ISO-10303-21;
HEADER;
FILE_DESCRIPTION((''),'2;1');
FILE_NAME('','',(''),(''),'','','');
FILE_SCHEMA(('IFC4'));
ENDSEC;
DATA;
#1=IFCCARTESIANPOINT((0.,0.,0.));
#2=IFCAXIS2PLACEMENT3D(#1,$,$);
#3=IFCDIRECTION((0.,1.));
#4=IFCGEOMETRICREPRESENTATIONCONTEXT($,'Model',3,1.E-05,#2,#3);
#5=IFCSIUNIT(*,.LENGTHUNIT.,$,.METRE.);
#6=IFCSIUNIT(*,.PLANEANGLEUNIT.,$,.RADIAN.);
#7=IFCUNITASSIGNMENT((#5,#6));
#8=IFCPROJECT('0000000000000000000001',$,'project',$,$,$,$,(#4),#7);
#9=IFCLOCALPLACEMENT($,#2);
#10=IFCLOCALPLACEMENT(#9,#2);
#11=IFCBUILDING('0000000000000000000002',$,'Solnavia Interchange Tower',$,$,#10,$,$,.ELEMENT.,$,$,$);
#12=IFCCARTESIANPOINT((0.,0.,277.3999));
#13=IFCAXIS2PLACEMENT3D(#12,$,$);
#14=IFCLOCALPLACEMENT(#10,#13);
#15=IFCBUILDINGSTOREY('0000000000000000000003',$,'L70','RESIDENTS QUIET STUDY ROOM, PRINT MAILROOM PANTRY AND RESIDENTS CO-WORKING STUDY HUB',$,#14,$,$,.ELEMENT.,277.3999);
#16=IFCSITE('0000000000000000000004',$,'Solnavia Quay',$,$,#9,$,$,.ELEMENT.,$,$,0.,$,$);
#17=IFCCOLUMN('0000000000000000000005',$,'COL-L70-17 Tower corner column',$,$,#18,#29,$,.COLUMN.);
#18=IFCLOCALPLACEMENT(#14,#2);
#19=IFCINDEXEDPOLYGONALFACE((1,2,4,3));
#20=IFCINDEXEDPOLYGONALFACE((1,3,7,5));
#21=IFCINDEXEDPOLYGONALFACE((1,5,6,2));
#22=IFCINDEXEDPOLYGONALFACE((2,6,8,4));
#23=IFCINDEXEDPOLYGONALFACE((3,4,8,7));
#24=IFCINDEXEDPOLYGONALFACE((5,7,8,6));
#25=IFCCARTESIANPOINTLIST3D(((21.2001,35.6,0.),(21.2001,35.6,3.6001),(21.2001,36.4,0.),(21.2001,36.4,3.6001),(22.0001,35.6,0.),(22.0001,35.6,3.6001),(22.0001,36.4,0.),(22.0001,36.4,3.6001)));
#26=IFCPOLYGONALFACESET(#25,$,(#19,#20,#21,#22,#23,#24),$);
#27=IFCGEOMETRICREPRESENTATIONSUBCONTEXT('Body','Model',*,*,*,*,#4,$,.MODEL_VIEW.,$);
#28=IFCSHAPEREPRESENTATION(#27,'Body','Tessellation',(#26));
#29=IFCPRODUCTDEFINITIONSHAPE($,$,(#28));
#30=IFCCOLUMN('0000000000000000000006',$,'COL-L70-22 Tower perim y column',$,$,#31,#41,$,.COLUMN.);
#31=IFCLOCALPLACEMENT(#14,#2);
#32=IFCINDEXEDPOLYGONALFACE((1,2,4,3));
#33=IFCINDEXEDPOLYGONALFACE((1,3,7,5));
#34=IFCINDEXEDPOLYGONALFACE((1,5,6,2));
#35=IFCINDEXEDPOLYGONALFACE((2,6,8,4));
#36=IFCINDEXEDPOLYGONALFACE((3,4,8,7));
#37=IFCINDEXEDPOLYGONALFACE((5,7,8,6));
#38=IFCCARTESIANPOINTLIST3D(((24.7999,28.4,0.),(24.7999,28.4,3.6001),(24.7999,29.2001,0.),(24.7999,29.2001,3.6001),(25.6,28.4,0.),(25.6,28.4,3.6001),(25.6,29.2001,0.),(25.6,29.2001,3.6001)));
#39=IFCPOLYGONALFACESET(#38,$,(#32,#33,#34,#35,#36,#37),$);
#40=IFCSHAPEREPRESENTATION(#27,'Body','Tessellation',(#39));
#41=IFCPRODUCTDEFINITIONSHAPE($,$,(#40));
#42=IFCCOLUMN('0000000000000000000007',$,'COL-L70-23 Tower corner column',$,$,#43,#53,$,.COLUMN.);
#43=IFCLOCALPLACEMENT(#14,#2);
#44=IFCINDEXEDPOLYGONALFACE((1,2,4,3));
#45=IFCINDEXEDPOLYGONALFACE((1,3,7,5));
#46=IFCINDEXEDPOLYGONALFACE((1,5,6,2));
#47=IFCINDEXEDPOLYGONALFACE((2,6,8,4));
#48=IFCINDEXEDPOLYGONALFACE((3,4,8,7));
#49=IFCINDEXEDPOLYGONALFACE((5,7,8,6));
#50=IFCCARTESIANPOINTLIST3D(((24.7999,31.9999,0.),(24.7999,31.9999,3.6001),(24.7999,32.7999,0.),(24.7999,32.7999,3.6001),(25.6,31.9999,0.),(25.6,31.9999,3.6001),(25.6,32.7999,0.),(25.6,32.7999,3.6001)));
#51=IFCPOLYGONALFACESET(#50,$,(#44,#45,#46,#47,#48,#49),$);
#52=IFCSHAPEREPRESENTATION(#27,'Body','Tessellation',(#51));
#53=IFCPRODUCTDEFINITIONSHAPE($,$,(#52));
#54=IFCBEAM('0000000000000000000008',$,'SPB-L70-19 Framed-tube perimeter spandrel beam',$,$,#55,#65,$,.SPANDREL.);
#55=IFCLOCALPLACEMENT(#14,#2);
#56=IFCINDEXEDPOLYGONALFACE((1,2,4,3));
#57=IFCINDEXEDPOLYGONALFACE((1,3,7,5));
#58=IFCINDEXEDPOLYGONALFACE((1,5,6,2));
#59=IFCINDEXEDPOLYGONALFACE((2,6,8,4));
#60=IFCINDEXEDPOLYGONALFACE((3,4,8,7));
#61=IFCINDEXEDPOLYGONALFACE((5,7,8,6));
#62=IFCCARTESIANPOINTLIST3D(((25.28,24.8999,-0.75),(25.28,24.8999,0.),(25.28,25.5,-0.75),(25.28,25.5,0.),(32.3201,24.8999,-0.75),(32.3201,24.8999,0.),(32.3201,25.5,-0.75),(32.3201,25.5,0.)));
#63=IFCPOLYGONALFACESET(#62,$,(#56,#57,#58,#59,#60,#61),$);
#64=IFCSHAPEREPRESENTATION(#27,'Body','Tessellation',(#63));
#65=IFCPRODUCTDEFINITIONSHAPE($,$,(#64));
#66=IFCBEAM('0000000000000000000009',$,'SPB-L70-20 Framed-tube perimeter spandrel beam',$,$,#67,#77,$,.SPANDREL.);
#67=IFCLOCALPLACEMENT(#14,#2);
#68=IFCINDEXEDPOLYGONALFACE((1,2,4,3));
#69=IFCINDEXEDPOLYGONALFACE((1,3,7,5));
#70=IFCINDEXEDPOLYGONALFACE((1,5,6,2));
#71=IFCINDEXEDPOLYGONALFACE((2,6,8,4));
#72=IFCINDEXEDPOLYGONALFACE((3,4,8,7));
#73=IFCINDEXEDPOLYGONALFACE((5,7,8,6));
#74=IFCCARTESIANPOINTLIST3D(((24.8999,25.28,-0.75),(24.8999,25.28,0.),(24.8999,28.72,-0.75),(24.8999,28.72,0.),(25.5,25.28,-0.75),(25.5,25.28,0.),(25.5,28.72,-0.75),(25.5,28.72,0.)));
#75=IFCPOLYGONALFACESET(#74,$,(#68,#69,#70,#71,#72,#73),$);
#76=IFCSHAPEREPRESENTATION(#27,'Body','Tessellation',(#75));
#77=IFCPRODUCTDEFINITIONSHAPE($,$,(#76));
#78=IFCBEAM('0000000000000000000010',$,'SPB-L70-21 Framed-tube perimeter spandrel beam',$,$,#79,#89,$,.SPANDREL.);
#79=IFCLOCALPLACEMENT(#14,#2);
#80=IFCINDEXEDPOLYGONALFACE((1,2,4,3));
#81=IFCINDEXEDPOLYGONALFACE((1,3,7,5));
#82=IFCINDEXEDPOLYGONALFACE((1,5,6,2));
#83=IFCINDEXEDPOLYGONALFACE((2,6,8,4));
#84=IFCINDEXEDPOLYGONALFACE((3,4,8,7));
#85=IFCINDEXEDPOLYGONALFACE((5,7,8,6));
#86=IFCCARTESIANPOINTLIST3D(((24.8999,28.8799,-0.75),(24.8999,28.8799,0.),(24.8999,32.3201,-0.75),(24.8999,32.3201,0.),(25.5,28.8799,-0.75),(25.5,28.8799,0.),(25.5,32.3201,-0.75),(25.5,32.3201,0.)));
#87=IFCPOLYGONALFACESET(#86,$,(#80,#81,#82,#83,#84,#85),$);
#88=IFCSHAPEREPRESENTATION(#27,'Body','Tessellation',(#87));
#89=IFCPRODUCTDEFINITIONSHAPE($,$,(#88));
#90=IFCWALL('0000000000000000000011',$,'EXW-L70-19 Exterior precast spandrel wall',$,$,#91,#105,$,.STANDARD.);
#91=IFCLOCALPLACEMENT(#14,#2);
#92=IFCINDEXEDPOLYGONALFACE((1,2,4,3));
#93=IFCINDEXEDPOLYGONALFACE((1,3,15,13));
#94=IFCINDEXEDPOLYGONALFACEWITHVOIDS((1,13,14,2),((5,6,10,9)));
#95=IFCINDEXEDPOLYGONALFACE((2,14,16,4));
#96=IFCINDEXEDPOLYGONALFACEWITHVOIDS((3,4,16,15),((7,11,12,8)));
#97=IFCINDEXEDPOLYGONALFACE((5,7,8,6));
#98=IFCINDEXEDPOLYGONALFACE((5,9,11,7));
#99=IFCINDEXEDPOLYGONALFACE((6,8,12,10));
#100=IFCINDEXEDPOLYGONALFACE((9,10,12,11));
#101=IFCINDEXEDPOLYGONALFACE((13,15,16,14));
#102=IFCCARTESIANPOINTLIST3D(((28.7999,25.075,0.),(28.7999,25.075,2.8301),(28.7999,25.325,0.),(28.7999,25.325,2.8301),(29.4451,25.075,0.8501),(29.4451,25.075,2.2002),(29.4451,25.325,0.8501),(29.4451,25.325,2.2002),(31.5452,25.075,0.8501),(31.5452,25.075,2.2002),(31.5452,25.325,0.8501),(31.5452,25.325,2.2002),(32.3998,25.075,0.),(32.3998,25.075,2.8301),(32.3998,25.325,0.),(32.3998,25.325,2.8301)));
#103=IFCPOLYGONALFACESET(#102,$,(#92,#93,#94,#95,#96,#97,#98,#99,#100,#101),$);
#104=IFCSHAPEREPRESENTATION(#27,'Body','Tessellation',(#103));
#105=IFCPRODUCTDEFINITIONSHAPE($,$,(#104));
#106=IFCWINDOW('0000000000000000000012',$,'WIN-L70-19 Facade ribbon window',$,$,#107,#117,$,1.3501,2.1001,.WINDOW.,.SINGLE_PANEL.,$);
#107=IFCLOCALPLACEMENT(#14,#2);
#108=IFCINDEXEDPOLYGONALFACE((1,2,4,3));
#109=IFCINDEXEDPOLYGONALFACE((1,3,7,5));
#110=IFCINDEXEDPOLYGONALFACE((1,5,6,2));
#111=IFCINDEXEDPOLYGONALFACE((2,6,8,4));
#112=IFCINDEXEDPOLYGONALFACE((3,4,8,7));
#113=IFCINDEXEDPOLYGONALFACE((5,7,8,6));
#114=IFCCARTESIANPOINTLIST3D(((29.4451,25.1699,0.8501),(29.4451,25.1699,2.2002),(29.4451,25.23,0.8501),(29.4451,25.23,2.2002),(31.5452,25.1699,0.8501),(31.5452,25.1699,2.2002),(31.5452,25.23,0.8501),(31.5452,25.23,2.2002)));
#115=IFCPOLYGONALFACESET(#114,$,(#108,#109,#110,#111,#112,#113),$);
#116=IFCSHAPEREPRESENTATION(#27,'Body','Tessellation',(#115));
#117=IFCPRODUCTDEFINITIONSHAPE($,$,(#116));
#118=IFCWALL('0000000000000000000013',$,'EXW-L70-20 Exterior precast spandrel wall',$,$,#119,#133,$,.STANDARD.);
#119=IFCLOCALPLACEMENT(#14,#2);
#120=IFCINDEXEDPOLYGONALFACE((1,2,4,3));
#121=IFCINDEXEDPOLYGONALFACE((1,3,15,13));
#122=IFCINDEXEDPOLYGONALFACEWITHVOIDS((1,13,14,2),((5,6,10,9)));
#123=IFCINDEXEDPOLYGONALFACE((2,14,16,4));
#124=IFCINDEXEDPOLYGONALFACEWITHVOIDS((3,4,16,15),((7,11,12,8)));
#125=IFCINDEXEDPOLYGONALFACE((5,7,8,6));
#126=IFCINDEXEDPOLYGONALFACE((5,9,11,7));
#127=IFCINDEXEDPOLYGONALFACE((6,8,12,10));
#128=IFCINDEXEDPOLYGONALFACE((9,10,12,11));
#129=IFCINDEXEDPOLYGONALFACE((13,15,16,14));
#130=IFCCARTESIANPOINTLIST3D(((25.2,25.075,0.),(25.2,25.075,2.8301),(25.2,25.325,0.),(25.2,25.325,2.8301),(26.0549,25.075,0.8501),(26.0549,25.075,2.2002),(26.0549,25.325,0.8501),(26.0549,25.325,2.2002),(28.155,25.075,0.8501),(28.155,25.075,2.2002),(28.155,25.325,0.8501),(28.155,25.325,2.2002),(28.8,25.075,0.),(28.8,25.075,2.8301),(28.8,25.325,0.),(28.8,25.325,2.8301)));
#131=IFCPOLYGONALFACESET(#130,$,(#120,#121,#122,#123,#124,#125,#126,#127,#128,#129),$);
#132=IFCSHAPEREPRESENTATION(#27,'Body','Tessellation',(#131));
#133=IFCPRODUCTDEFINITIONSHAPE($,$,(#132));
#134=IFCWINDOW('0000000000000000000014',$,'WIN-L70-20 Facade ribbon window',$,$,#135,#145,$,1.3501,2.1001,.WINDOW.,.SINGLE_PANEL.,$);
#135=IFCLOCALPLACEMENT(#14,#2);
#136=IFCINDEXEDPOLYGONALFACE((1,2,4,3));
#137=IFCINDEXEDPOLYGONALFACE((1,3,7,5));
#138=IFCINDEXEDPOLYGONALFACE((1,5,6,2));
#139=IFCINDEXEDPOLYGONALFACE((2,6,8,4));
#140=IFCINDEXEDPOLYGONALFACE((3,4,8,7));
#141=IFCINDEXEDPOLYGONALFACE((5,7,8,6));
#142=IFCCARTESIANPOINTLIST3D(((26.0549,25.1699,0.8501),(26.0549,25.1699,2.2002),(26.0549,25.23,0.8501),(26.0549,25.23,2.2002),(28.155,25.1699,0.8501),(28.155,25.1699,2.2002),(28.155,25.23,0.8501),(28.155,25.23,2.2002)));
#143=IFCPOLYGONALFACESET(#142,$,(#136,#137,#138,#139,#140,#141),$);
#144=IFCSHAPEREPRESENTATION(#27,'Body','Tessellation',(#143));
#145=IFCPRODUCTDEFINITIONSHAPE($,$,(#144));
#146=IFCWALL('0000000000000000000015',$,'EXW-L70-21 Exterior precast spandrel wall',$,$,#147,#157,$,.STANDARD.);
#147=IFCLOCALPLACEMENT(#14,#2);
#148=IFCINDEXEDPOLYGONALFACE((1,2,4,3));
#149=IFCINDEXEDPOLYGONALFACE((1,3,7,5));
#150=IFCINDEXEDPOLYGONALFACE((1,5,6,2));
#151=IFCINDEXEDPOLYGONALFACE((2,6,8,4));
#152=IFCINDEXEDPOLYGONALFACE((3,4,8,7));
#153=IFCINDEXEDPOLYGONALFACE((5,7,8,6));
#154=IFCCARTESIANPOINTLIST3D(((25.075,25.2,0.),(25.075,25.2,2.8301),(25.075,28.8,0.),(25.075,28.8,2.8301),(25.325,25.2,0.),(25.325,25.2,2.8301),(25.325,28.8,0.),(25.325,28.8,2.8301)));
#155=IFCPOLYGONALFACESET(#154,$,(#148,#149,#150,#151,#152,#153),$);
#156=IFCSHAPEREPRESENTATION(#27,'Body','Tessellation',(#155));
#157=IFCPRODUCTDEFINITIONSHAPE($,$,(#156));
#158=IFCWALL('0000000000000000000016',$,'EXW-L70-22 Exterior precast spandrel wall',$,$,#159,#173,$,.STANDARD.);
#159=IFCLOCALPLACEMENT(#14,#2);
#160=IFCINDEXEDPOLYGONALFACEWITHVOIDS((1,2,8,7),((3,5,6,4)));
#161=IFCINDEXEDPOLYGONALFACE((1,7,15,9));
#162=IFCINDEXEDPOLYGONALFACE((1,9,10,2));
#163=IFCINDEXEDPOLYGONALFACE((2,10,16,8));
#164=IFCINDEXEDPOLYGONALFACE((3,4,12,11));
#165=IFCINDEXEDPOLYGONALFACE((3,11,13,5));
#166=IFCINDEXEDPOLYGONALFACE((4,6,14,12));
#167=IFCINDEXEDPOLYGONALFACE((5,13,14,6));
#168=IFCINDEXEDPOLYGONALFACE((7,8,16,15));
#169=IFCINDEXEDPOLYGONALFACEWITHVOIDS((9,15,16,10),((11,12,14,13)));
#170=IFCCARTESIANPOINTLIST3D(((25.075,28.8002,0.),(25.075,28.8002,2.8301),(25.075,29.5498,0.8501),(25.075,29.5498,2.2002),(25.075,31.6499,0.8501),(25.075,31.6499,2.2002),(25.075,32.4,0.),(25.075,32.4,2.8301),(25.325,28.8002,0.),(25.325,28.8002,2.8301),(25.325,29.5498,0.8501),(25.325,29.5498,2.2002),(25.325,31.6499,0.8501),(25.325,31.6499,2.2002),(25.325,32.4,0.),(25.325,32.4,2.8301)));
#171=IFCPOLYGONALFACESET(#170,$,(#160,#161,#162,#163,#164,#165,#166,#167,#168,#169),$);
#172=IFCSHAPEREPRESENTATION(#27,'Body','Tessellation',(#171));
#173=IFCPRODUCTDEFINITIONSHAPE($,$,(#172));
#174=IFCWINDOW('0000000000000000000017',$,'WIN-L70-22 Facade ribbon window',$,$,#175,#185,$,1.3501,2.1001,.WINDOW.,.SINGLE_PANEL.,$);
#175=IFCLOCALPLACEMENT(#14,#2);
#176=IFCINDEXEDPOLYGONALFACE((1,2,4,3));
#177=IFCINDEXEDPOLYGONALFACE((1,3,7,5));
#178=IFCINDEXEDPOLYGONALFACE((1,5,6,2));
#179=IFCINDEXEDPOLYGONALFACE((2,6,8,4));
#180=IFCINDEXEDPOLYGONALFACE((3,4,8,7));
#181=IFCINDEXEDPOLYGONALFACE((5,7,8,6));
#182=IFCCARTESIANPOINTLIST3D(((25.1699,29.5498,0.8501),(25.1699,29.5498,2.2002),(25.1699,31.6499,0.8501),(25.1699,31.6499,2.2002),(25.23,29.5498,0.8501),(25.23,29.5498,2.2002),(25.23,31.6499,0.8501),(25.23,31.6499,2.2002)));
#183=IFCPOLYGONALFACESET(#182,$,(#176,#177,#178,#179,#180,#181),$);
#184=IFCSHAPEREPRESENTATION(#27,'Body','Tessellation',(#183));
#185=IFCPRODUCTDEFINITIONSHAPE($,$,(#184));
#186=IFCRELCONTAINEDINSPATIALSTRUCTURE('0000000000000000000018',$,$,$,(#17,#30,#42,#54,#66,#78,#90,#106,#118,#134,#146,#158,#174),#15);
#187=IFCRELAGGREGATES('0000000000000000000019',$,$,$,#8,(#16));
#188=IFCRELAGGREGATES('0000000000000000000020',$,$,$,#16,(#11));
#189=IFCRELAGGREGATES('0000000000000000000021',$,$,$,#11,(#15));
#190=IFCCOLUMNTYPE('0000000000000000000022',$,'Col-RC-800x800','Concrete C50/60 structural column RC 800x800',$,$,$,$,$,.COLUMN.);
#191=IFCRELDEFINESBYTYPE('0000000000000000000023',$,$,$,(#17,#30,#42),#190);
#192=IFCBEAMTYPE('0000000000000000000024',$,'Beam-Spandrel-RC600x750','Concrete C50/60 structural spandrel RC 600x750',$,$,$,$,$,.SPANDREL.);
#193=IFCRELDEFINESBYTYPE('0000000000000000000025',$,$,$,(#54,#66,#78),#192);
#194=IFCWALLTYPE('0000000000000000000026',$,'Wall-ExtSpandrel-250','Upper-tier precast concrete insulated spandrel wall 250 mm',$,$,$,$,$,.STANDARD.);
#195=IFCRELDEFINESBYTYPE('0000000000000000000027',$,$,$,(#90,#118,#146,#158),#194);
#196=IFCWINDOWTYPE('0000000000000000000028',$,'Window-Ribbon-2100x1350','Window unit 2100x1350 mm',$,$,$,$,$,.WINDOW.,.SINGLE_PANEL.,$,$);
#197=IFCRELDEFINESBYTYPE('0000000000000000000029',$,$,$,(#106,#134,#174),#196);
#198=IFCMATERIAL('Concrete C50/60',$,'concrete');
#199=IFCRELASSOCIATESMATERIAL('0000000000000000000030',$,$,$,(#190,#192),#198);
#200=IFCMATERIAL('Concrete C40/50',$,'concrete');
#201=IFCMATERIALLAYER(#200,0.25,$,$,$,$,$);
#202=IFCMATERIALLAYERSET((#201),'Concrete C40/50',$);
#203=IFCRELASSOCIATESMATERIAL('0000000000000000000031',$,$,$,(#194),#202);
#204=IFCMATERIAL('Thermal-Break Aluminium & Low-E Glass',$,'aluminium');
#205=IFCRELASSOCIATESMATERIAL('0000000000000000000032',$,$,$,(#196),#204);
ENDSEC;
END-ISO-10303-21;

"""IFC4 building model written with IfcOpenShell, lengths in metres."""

from ifc_helpers import new_model, si_unit, direction, frame, frame_2d, origin, origin_2d, place, context, subcontext, project, spatial, rectangle, extrude, material, layer, layer_set, material_profile, profile_set, type_object, element, fill, save


model = new_model("IFC4")

# Units and contexts
model_context = context("Model", 3, precision=1e-05, world=origin(), true_north=direction((0.0, 1.0)))
body_context = subcontext(model_context, "Body", "Model", "MODEL_VIEW")
ifc_project = project(units=[si_unit("LENGTHUNIT", "METRE"), si_unit("PLANEANGLEUNIT", "RADIAN")], contexts=[model_context])

# Site, building, storey
site_placement = place(None, origin())
site = spatial("IfcSite", under=ifc_project, at=site_placement, Name="Solnavia Quay", CompositionType="ELEMENT", RefElevation=0.0)
building_placement = place(site_placement, origin())
building = spatial("IfcBuilding", under=site, at=building_placement, Name="Solnavia Interchange Tower", CompositionType="ELEMENT")
storey_placement = place(building_placement, frame((0.0, 0.0, 277.3999)))
storey = spatial("IfcBuildingStorey", under=building, at=storey_placement, Name="L70", Description="RESIDENTS QUIET STUDY ROOM, PRINT MAILROOM PANTRY AND RESIDENTS CO-WORKING STUDY HUB", CompositionType="ELEMENT", Elevation=277.3999)

# Columns
ifc_material_1 = material(Name="Concrete C50/60", Category="concrete")
ifc_material_profile_1 = material_profile(ifc_material_1, rectangle(XDim=0.8, YDim=0.8, at=origin_2d()), Name="RC 800x800")
ifc_profile_set_1 = profile_set([ifc_material_profile_1], Name="Concrete C50/60")
column_type = type_object("IfcColumnType", Name="Col-RC-800x800", Description="Concrete C50/60 structural column RC 800x800", PredefinedType="COLUMN", material=ifc_profile_set_1)
for number, where, z_axis, x_axis, name in (
    (1, (21.6001, 36.0, 0.0), (0.0, 0.0, 1.0), (1.0, 0.0, 0.0), "COL-L70-17 Tower corner column"),
    (2, (25.2, 28.8, 0.0), (0.0, 0.0, 1.0), (0.0, 1.0, 0.0), "COL-L70-22 Tower perim y column"),
    (3, (25.2, 32.3999, 0.0), (0.0, 0.0, 1.0), (0.0, 1.0, 0.0), "COL-L70-23 Tower corner column"),
):
    element("IfcColumn", number, at=place(storey_placement, frame(where, z_axis=z_axis, x_axis=x_axis)), inside=storey, type_object=column_type, Name=name, PredefinedType="COLUMN", context=body_context, shape_type="SweptSolid", body=[
        extrude(rectangle(XDim=0.8, YDim=0.8, at=origin_2d()), origin(), (0.0, 0.0, 1.0), 3.6001),
    ])

# Beams
ifc_material_profile_2 = material_profile(ifc_material_1, rectangle(XDim=0.6001, YDim=0.75, at=origin_2d()), Name="RC 600x750")
ifc_profile_set_2 = profile_set([ifc_material_profile_2], Name="Concrete C50/60")
beam_type = type_object("IfcBeamType", Name="Beam-Spandrel-RC600x750", Description="Concrete C50/60 structural spandrel RC 600x750", PredefinedType="SPANDREL", material=ifc_profile_set_2)
beam_1_placement = place(storey_placement, frame((32.3201, 25.2, -0.375), z_axis=(-1.0, 0.0, 0.0), x_axis=(0.0, -1.0, 0.0)))
element("IfcBeam", 4, at=beam_1_placement, inside=storey, type_object=beam_type, Name="SPB-L70-19 Framed-tube perimeter spandrel beam", PredefinedType="SPANDREL", context=body_context, shape_type="SweptSolid", body=[
    extrude(rectangle(XDim=0.6001, YDim=0.75, at=origin_2d()), origin(), (0.0, 0.0, 1.0), 7.04),
])
beam_2_placement = place(storey_placement, frame((25.2, 25.28, -0.375), z_axis=(0.0, 1.0, 0.0), x_axis=(-1.0, 0.0, 0.0)))
element("IfcBeam", 5, at=beam_2_placement, inside=storey, type_object=beam_type, Name="SPB-L70-20 Framed-tube perimeter spandrel beam", PredefinedType="SPANDREL", context=body_context, shape_type="SweptSolid", body=[
    extrude(rectangle(XDim=0.6001, YDim=0.75, at=origin_2d()), origin(), (0.0, 0.0, 1.0), 3.4399),
])
beam_3_placement = place(storey_placement, frame((25.2, 28.8799, -0.375), z_axis=(0.0, 1.0, 0.0), x_axis=(-1.0, 0.0, 0.0)))
element("IfcBeam", 6, at=beam_3_placement, inside=storey, type_object=beam_type, Name="SPB-L70-21 Framed-tube perimeter spandrel beam", PredefinedType="SPANDREL", context=body_context, shape_type="SweptSolid", body=[
    extrude(rectangle(XDim=0.6001, YDim=0.75, at=origin_2d()), origin(), (0.0, 0.0, 1.0), 3.4402),
])

# Walls, openings, windows
ifc_material_2 = material(Name="Concrete C40/50", Category="concrete")
ifc_layer = layer(ifc_material_2, 0.25)
ifc_layer_set = layer_set([ifc_layer], Name="Concrete C40/50")
wall_type = type_object("IfcWallType", Name="Wall-ExtSpandrel-250", Description="Upper-tier precast concrete insulated spandrel wall 250 mm", PredefinedType="STANDARD", material=ifc_layer_set)
wall_1_placement = place(storey_placement, frame((28.8, 25.2, 0.0), z_axis=(0.0, 0.0, 1.0), x_axis=(1.0, 0.0, 0.0)))
wall_1 = element("IfcWall", 7, at=wall_1_placement, inside=storey, type_object=wall_type, Name="EXW-L70-19 Exterior precast spandrel wall", PredefinedType="STANDARD", context=body_context, shape_type="SweptSolid", body=[
    extrude(rectangle(XDim=3.5999, YDim=0.25, at=frame_2d((1.7998, 0.0))), origin(), (0.0, 0.0, 1.0), 2.8301),
])
opening_1_placement = place(wall_1_placement, frame((0.645, 0.0, 0.8501)))
opening_1 = element("IfcOpeningElement", 8, at=opening_1_placement, cuts=wall_1, PredefinedType="OPENING", context=body_context, shape_type="SweptSolid", body=[
    extrude(rectangle(XDim=2.1001, YDim=1.3501, at=frame_2d((1.05, 0.675))), frame((0.0, 0.135, 0.0), z_axis=(0.0, -1.0, 0.0), x_axis=(1.0, 0.0, 0.0)), (0.0, 0.0, 1.0), 0.27),
])
ifc_material_3 = material(Name="Thermal-Break Aluminium & Low-E Glass", Category="aluminium")
window_type = type_object("IfcWindowType", Name="Window-Ribbon-2100x1350", Description="Window unit 2100x1350 mm", PartitioningType="SINGLE_PANEL", PredefinedType="WINDOW", material=ifc_material_3)
window_1_placement = place(opening_1_placement, origin())
window_1 = element("IfcWindow", 9, at=window_1_placement, inside=storey, type_object=window_type, Name="WIN-L70-19 Facade ribbon window", OverallHeight=1.3501, OverallWidth=2.1001, PartitioningType="SINGLE_PANEL", PredefinedType="WINDOW", context=body_context, shape_type="SweptSolid", body=[
    extrude(rectangle(XDim=2.1001, YDim=1.3501, at=frame_2d((1.05, 0.675))), frame((0.0, 0.03, 0.0), z_axis=(0.0, -1.0, 0.0), x_axis=(1.0, 0.0, 0.0)), (0.0, 0.0, 1.0), 0.0601),
])
fill(opening_1, window_1)
wall_2_placement = place(storey_placement, frame((25.2, 25.2, 0.0), z_axis=(0.0, 0.0, 1.0), x_axis=(1.0, 0.0, 0.0)))
wall_2 = element("IfcWall", 10, at=wall_2_placement, inside=storey, type_object=wall_type, Name="EXW-L70-20 Exterior precast spandrel wall", PredefinedType="STANDARD", context=body_context, shape_type="SweptSolid", body=[
    extrude(rectangle(XDim=3.6001, YDim=0.25, at=frame_2d((1.8, 0.0))), origin(), (0.0, 0.0, 1.0), 2.8301),
])
opening_2_placement = place(wall_2_placement, frame((0.855, 0.0, 0.8501)))
opening_2 = element("IfcOpeningElement", 11, at=opening_2_placement, cuts=wall_2, PredefinedType="OPENING", context=body_context, shape_type="SweptSolid", body=[
    extrude(rectangle(XDim=2.1001, YDim=1.3501, at=frame_2d((1.05, 0.675))), frame((0.0, 0.135, 0.0), z_axis=(0.0, -1.0, 0.0), x_axis=(1.0, 0.0, 0.0)), (0.0, 0.0, 1.0), 0.27),
])
window_2_placement = place(opening_2_placement, origin())
window_2 = element("IfcWindow", 12, at=window_2_placement, inside=storey, type_object=window_type, Name="WIN-L70-20 Facade ribbon window", OverallHeight=1.3501, OverallWidth=2.1001, PartitioningType="SINGLE_PANEL", PredefinedType="WINDOW", context=body_context, shape_type="SweptSolid", body=[
    extrude(rectangle(XDim=2.1001, YDim=1.3501, at=frame_2d((1.05, 0.675))), frame((0.0, 0.03, 0.0), z_axis=(0.0, -1.0, 0.0), x_axis=(1.0, 0.0, 0.0)), (0.0, 0.0, 1.0), 0.0601),
])
fill(opening_2, window_2)

# Wall
wall_3_placement = place(storey_placement, frame((25.2, 28.8, 0.0), z_axis=(0.0, 0.0, 1.0), x_axis=(0.0, -1.0, 0.0)))
element("IfcWall", 13, at=wall_3_placement, inside=storey, type_object=wall_type, Name="EXW-L70-21 Exterior precast spandrel wall", PredefinedType="STANDARD", context=body_context, shape_type="SweptSolid", body=[
    extrude(rectangle(XDim=3.6001, YDim=0.25, at=frame_2d((1.8, 0.0))), origin(), (0.0, 0.0, 1.0), 2.8301),
])

# Wall, opening, window
wall_4_placement = place(storey_placement, frame((25.2, 32.3999, 0.0), z_axis=(0.0, 0.0, 1.0), x_axis=(0.0, -1.0, 0.0)))
wall_4 = element("IfcWall", 14, at=wall_4_placement, inside=storey, type_object=wall_type, Name="EXW-L70-22 Exterior precast spandrel wall", PredefinedType="STANDARD", context=body_context, shape_type="SweptSolid", body=[
    extrude(rectangle(XDim=3.5999, YDim=0.25, at=frame_2d((1.7998, 0.0))), origin(), (0.0, 0.0, 1.0), 2.8301),
])
opening_3_placement = place(wall_4_placement, frame((0.75, 0.0, 0.8501)))
opening_3 = element("IfcOpeningElement", 15, at=opening_3_placement, cuts=wall_4, PredefinedType="OPENING", context=body_context, shape_type="SweptSolid", body=[
    extrude(rectangle(XDim=2.1001, YDim=1.3501, at=frame_2d((1.05, 0.675))), frame((0.0, 0.135, 0.0), z_axis=(0.0, -1.0, 0.0), x_axis=(1.0, 0.0, 0.0)), (0.0, 0.0, 1.0), 0.27),
])
window_3_placement = place(opening_3_placement, origin())
window_3 = element("IfcWindow", 16, at=window_3_placement, inside=storey, type_object=window_type, Name="WIN-L70-22 Facade ribbon window", OverallHeight=1.3501, OverallWidth=2.1001, PartitioningType="SINGLE_PANEL", PredefinedType="WINDOW", context=body_context, shape_type="SweptSolid", body=[
    extrude(rectangle(XDim=2.1001, YDim=1.3501, at=frame_2d((1.05, 0.675))), frame((0.0, 0.03, 0.0), z_axis=(0.0, -1.0, 0.0), x_axis=(1.0, 0.0, 0.0)), (0.0, 0.0, 1.0), 0.0601),
])
fill(opening_3, window_3)

save(model, "model.ifc")
